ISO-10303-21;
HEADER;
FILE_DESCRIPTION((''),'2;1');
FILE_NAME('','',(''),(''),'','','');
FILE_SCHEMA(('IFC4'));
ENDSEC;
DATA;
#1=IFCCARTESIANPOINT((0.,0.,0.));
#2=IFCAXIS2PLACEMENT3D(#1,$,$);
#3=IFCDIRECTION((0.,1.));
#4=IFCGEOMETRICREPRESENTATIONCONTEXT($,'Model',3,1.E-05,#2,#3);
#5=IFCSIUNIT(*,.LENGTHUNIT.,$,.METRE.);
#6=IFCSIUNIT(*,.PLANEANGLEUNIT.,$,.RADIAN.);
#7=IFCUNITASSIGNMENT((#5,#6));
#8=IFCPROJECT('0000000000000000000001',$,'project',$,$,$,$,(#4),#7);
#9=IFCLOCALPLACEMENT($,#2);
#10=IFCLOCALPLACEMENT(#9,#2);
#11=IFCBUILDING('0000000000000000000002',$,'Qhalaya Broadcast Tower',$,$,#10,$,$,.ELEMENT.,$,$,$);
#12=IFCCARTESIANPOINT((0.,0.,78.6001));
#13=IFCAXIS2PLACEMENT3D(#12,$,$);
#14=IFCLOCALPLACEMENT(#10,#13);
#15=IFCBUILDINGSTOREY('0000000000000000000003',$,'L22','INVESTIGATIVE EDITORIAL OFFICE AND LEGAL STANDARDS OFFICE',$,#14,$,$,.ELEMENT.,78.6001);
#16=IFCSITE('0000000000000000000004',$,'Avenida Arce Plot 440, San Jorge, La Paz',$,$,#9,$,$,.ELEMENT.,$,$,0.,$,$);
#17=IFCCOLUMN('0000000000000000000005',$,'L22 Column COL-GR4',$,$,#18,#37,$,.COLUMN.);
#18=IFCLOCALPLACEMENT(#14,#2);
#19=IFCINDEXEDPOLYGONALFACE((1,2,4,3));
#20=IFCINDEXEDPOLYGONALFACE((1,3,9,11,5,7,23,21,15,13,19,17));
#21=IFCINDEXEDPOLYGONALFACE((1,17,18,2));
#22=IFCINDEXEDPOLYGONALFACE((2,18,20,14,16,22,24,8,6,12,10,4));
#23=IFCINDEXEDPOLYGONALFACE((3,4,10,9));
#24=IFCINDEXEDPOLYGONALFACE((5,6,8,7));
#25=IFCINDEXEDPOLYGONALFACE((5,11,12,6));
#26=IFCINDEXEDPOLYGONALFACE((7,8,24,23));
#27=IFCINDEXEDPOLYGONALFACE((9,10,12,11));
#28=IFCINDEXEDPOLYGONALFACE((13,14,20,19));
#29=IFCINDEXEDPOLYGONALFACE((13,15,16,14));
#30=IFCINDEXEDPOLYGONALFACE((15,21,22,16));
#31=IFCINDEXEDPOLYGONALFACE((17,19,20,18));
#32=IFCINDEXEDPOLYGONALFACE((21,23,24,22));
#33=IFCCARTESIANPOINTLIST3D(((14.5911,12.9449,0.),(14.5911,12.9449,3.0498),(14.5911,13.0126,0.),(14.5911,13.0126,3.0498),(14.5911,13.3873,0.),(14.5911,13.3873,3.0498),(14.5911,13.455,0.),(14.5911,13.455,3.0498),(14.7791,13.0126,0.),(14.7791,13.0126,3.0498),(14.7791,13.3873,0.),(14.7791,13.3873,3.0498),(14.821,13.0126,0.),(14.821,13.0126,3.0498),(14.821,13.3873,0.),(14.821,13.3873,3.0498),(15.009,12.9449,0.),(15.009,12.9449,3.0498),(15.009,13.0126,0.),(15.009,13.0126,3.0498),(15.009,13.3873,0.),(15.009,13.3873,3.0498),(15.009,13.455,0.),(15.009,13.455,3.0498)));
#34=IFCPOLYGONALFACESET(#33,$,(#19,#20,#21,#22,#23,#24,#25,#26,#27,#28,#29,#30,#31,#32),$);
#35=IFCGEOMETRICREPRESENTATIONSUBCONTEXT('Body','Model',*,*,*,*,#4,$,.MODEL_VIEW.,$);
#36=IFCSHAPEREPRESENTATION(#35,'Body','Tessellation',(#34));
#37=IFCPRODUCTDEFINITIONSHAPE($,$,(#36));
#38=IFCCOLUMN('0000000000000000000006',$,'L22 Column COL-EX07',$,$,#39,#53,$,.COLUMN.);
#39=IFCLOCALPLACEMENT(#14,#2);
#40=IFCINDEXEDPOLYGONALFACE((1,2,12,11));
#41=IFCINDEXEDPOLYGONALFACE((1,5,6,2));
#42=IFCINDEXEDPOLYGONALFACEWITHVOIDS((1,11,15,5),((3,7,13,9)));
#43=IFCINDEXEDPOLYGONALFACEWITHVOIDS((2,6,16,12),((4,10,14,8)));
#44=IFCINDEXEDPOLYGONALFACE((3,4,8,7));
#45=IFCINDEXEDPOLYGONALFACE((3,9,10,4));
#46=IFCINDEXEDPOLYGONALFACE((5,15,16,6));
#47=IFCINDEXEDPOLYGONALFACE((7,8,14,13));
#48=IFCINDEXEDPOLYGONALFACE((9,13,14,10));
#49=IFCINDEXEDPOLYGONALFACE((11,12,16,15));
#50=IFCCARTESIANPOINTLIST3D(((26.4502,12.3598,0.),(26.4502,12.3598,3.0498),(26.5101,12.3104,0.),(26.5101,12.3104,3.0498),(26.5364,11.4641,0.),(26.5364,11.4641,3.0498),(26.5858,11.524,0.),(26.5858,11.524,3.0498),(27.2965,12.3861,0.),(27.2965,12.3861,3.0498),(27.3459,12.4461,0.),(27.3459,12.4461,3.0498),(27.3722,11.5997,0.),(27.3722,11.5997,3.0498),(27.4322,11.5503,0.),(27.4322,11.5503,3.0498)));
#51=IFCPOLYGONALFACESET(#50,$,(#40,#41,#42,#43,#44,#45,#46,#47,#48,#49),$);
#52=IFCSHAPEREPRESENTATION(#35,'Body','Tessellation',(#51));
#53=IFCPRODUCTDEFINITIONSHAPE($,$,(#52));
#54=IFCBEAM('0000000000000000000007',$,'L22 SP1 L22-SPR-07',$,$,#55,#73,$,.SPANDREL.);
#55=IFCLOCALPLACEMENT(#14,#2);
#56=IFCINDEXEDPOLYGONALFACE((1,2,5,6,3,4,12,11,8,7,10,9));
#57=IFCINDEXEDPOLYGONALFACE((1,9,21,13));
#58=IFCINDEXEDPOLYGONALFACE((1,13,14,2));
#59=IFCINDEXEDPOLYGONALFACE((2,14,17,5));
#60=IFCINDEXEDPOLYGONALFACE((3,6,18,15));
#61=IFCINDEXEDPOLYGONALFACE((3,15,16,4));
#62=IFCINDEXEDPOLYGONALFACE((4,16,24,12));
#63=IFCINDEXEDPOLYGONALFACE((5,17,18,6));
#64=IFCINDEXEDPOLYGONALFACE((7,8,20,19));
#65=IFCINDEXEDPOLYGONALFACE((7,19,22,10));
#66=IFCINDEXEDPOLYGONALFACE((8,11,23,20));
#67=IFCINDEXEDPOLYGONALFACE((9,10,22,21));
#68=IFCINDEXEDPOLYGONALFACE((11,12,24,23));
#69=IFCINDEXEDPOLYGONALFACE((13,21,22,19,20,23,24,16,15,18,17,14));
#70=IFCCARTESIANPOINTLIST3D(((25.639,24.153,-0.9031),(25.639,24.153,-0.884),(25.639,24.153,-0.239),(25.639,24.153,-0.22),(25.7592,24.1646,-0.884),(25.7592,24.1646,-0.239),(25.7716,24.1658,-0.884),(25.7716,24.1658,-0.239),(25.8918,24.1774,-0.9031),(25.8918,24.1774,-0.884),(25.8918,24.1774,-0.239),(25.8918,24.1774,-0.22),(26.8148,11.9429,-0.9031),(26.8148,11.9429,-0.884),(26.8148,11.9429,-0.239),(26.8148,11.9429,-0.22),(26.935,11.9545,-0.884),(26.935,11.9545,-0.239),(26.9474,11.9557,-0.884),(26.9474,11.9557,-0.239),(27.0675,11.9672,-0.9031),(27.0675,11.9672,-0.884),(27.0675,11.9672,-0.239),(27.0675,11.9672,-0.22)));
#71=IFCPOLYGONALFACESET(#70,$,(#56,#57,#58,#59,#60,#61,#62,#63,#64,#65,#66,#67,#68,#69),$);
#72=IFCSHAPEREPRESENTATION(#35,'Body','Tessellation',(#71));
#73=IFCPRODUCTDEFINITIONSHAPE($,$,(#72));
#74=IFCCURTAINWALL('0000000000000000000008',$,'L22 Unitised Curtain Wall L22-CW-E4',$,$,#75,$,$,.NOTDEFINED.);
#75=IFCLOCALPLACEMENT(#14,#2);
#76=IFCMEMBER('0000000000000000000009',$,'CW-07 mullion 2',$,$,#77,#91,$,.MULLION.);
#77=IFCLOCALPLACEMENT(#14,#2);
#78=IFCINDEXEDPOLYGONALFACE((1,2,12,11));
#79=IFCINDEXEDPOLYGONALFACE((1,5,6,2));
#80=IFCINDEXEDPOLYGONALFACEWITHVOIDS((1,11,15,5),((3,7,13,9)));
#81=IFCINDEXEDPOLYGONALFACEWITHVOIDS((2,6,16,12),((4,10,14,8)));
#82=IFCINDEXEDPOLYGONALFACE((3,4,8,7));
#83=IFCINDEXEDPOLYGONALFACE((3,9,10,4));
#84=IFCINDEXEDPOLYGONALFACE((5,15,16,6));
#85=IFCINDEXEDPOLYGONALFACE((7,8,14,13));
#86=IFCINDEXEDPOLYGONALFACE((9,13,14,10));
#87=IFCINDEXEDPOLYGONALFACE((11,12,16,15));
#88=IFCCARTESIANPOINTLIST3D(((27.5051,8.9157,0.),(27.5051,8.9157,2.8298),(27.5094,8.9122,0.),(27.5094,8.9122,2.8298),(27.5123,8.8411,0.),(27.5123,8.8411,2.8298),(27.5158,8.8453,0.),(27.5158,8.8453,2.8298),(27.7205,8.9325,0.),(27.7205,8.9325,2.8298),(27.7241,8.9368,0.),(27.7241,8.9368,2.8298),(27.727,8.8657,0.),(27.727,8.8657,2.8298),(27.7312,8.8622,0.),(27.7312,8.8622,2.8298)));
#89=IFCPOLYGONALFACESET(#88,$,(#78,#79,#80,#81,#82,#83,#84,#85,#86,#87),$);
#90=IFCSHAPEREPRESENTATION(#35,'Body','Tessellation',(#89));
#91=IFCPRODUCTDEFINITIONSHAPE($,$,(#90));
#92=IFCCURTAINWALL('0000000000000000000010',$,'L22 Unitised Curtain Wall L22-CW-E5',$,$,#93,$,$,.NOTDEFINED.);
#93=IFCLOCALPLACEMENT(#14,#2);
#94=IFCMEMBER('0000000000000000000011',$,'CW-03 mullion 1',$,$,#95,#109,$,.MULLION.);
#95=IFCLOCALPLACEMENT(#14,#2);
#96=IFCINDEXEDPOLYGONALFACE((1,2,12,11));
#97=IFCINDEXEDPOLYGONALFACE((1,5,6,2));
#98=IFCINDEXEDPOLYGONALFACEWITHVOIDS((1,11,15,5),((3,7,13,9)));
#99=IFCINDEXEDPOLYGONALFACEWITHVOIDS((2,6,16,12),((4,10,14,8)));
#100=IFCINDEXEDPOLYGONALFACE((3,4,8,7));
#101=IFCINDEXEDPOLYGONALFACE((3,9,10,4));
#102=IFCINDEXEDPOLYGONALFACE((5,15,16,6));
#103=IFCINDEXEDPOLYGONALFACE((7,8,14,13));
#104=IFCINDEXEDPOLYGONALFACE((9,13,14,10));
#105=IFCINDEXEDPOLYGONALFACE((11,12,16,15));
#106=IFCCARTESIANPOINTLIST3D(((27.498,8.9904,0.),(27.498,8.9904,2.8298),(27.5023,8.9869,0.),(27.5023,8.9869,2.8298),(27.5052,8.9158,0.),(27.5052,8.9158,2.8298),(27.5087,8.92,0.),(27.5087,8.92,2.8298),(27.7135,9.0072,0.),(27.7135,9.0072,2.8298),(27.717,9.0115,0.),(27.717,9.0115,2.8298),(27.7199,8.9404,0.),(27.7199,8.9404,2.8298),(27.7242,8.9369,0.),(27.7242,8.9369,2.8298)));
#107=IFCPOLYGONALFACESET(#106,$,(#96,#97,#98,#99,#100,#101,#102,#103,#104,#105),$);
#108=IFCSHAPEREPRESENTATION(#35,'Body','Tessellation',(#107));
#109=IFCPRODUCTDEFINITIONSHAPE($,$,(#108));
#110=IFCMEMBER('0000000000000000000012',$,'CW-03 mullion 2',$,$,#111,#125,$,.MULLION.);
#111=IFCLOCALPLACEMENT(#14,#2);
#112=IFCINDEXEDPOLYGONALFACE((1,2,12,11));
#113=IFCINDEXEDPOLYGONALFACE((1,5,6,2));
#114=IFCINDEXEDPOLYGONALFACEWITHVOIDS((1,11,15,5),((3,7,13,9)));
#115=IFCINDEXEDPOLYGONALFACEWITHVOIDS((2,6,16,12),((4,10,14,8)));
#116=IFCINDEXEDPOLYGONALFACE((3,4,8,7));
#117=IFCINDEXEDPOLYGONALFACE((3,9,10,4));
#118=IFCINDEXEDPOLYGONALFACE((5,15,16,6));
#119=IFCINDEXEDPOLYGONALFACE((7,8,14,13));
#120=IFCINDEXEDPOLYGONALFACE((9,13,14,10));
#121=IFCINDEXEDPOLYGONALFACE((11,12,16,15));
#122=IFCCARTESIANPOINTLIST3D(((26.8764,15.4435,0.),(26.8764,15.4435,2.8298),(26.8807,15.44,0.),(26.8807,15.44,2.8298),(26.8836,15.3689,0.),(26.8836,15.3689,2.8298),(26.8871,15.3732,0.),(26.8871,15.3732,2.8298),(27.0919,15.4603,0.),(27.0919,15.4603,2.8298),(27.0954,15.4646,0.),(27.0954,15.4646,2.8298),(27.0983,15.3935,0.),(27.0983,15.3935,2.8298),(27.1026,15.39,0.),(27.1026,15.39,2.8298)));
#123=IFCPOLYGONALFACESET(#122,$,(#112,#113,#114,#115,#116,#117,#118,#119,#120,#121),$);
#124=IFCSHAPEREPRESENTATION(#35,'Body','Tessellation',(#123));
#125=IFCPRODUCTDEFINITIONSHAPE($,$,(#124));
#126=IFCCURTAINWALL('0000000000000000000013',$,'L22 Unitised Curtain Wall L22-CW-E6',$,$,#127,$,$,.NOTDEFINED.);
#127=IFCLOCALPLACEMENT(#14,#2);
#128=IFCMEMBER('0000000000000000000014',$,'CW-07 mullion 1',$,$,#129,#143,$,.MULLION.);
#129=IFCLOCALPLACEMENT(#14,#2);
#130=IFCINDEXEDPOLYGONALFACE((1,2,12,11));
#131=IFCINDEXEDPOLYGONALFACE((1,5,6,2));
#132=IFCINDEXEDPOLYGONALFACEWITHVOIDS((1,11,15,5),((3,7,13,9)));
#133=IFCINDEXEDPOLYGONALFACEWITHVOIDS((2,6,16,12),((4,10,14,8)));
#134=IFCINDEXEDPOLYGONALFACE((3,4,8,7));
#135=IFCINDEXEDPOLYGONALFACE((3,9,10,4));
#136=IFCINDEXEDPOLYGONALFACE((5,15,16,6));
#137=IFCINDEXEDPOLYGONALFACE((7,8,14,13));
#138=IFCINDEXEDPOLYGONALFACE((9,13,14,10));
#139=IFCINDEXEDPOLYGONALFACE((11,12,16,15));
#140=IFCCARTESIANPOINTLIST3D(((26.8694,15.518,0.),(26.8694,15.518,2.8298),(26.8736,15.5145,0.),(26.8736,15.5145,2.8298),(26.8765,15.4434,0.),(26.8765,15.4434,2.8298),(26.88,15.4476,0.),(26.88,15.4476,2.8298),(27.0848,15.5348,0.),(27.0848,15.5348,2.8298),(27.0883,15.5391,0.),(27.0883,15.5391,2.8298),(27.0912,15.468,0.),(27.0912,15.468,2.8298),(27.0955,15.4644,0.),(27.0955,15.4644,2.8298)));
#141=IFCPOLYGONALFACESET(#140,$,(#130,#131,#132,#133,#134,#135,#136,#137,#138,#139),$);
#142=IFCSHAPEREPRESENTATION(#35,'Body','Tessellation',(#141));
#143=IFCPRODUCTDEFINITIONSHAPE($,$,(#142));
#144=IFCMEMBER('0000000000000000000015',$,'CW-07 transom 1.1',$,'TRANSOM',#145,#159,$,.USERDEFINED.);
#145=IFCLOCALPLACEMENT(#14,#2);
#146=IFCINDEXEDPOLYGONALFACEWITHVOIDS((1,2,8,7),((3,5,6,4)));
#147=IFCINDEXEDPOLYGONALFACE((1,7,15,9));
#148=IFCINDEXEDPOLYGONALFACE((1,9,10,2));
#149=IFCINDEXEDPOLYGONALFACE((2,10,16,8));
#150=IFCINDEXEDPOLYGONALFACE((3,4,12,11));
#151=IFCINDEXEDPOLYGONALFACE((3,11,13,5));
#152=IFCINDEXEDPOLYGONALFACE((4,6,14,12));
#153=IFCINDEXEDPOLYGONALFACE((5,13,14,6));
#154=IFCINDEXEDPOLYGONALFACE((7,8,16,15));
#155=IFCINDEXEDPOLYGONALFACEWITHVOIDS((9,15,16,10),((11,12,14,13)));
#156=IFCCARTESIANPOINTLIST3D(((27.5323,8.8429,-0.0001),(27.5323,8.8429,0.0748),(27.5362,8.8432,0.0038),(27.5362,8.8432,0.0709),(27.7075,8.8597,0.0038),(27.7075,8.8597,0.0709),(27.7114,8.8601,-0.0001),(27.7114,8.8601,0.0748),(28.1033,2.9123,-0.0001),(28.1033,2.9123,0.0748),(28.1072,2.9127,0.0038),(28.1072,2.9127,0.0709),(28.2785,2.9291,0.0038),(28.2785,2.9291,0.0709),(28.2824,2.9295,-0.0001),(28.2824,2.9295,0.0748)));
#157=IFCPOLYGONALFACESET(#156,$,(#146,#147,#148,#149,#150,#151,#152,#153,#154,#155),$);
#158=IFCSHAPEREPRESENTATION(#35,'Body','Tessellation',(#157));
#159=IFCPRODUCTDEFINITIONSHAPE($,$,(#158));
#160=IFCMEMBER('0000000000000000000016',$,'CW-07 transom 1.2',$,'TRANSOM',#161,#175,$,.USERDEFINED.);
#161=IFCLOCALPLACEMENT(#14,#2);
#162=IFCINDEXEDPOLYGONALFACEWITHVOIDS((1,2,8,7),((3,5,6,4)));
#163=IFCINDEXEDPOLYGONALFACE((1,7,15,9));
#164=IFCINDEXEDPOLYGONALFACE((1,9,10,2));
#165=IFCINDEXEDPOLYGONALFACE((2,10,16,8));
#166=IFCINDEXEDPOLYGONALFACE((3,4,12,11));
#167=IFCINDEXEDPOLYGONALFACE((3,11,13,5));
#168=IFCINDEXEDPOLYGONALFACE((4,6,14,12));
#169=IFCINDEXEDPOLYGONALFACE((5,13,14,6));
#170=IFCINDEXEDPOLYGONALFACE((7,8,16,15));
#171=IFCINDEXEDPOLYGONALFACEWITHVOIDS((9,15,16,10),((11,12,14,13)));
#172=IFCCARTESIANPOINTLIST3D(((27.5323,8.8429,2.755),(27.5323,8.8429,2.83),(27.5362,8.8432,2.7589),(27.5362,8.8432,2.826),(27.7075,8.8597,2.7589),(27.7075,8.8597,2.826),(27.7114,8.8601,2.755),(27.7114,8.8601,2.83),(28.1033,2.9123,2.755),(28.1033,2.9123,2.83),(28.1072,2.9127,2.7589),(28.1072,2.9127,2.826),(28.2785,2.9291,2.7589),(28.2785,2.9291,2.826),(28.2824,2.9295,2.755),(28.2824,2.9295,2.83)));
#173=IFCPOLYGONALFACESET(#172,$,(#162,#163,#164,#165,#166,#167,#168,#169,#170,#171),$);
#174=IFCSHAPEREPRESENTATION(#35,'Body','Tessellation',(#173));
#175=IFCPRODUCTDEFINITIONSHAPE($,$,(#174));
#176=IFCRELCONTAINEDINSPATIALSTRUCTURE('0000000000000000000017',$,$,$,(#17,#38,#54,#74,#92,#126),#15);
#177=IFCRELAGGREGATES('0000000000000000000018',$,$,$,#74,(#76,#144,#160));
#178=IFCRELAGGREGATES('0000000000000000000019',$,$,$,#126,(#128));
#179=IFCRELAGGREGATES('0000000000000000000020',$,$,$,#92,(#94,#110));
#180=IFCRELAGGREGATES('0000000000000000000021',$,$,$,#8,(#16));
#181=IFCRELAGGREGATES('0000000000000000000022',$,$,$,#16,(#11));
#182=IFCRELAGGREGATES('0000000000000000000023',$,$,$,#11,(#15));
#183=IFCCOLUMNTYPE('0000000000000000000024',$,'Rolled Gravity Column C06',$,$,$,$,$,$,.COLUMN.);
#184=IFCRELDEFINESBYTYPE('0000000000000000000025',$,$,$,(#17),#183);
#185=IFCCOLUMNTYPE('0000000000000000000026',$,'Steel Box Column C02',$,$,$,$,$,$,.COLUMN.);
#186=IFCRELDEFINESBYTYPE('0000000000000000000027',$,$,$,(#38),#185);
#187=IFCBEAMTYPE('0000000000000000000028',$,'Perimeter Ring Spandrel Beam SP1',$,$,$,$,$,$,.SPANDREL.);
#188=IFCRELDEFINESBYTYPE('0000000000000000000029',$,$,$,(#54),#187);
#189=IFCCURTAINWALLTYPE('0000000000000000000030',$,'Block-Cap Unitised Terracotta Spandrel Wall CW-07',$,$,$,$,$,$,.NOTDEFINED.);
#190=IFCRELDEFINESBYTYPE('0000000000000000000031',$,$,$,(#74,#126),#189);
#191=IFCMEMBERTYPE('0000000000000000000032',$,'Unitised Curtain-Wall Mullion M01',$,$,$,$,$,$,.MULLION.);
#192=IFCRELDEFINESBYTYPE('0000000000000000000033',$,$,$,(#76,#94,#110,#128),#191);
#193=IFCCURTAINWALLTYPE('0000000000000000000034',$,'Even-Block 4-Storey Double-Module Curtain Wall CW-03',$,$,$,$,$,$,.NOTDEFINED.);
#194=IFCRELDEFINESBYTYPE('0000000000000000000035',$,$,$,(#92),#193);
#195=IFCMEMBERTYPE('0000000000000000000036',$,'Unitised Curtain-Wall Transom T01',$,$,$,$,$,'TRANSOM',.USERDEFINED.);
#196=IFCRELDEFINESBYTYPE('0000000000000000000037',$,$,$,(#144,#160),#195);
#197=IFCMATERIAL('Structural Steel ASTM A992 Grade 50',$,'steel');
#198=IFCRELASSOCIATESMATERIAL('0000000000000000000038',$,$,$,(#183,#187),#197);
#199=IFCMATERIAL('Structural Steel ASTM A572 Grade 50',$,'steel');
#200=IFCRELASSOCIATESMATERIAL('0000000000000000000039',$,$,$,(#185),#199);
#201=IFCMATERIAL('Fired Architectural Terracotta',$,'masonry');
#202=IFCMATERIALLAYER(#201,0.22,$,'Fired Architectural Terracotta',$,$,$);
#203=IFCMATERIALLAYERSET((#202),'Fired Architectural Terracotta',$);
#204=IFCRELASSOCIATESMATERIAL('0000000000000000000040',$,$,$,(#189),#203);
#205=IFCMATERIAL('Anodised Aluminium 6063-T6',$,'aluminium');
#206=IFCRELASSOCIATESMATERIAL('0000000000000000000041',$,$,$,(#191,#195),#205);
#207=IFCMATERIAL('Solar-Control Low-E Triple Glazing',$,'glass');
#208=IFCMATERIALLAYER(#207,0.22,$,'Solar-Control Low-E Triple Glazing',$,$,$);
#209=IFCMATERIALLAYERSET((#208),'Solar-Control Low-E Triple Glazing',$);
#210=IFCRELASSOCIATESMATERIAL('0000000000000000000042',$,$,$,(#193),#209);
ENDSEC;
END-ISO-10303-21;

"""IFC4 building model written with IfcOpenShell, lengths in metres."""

from ifc_helpers import new_model, si_unit, direction, frame, origin, origin_2d, place, context, subcontext, project, spatial, hollow_rectangle, i_section, extrude, material, layer, layer_set, material_profile, profile_set, type_object, element, aggregate, save


model = new_model("IFC4")

# Units and contexts
model_context = context("Model", 3, precision=1e-05, world=origin(), true_north=direction((0.0, 1.0)))
body_context = subcontext(model_context, "Body", "Model", "MODEL_VIEW")
ifc_project = project(units=[si_unit("LENGTHUNIT", "METRE"), si_unit("PLANEANGLEUNIT", "RADIAN")], contexts=[model_context])

# Site, building, storey
site_placement = place(None, origin())
site = spatial("IfcSite", under=ifc_project, at=site_placement, Name="Avenida Arce Plot 440, San Jorge, La Paz", CompositionType="ELEMENT", RefElevation=0.0)
building_placement = place(site_placement, origin())
building = spatial("IfcBuilding", under=site, at=building_placement, Name="Qhalaya Broadcast Tower", CompositionType="ELEMENT")
storey_placement = place(building_placement, frame((0.0, 0.0, 78.6001)))
storey = spatial("IfcBuildingStorey", under=building, at=storey_placement, Name="L22", Description="INVESTIGATIVE EDITORIAL OFFICE AND LEGAL STANDARDS OFFICE", CompositionType="ELEMENT", Elevation=78.6001)

# Columns
ifc_material_1 = material(Name="Structural Steel ASTM A992 Grade 50", Category="steel")
ifc_material_profile_1 = material_profile(ifc_material_1, i_section(OverallWidth=0.418, OverallDepth=0.51, WebThickness=0.042, FlangeThickness=0.0676, at=origin_2d()), Name="W14X370")
ifc_profile_set_1 = profile_set([ifc_material_profile_1], Name="Structural Steel ASTM A992 Grade 50")
column_type_1 = type_object("IfcColumnType", Name="Rolled Gravity Column C06", PredefinedType="COLUMN", material=ifc_profile_set_1)
column_1_placement = place(storey_placement, frame((14.8, 13.2, 0.0), z_axis=(0.0, 0.0, 1.0), x_axis=(1.0, 0.0, 0.0)))
element("IfcColumn", 1, at=column_1_placement, inside=storey, type_object=column_type_1, Name="L22 Column COL-GR4", PredefinedType="COLUMN", context=body_context, shape_type="SweptSolid", body=[
    extrude(i_section(OverallWidth=0.418, OverallDepth=0.51, WebThickness=0.042, FlangeThickness=0.0676, at=origin_2d()), origin(), (0.0, 0.0, 1.0), 3.0498),
])
ifc_material_2 = material(Name="Structural Steel ASTM A572 Grade 50", Category="steel")
ifc_material_profile_2 = material_profile(ifc_material_2, hollow_rectangle(XDim=0.8999, YDim=0.8999, WallThickness=0.0549, at=origin_2d()), Name="BOX 900x900x55")
ifc_profile_set_2 = profile_set([ifc_material_profile_2], Name="Structural Steel ASTM A572 Grade 50")
column_type_2 = type_object("IfcColumnType", Name="Steel Box Column C02", PredefinedType="COLUMN", material=ifc_profile_set_2)
column_2_placement = place(storey_placement, frame((26.9412, 11.9551, 0.0), z_axis=(0.0, 0.0, 1.0), x_axis=(-0.095846, 0.995396, 0.0)))
element("IfcColumn", 2, at=column_2_placement, inside=storey, type_object=column_type_2, Name="L22 Column COL-EX07", PredefinedType="COLUMN", context=body_context, shape_type="SweptSolid", body=[
    extrude(hollow_rectangle(XDim=0.8999, YDim=0.8999, WallThickness=0.0549, at=origin_2d()), origin(), (0.0, 0.0, 1.0), 3.0498),
])

# Beam
ifc_material_profile_3 = material_profile(ifc_material_1, i_section(OverallWidth=0.2539, OverallDepth=0.6831, WebThickness=0.0125, FlangeThickness=0.019, at=origin_2d()), Name="W27X94")
ifc_profile_set_3 = profile_set([ifc_material_profile_3], Name="Structural Steel ASTM A992 Grade 50")
beam_type = type_object("IfcBeamType", Name="Perimeter Ring Spandrel Beam SP1", PredefinedType="SPANDREL", material=ifc_profile_set_3)
beam_placement = place(storey_placement, frame((26.9412, 11.9551, -0.5615), z_axis=(-0.095852, 0.995396, 0.0), x_axis=(-0.995396, -0.095852, 0.0)))
element("IfcBeam", 3, at=beam_placement, inside=storey, type_object=beam_type, Name="L22 SP1 L22-SPR-07", PredefinedType="SPANDREL", context=body_context, shape_type="SweptSolid", body=[
    extrude(i_section(OverallWidth=0.2539, OverallDepth=0.6831, WebThickness=0.0125, FlangeThickness=0.019, at=origin_2d()), origin(), (0.0, 0.0, 1.0), 12.2666),
])

# Curtain wall, member
ifc_material_3 = material(Name="Fired Architectural Terracotta", Category="masonry")
ifc_layer_1 = layer(ifc_material_3, 0.22, Name="Fired Architectural Terracotta")
ifc_layer_set_1 = layer_set([ifc_layer_1], Name="Fired Architectural Terracotta")
curtain_wall_type_1 = type_object("IfcCurtainWallType", Name="Block-Cap Unitised Terracotta Spandrel Wall CW-07", PredefinedType="NOTDEFINED", material=ifc_layer_set_1)
curtain_wall_1_placement = place(storey_placement, origin())
curtain_wall_1 = element("IfcCurtainWall", 4, at=curtain_wall_1_placement, inside=storey, type_object=curtain_wall_type_1, Name="L22 Unitised Curtain Wall L22-CW-E4", PredefinedType="NOTDEFINED")
ifc_material_4 = material(Name="Anodised Aluminium 6063-T6", Category="aluminium")
ifc_material_profile_4 = material_profile(ifc_material_4, hollow_rectangle(XDim=0.075, YDim=0.22, WallThickness=0.0039, at=origin_2d()), Name="ALU-MUL 75x220x4")
ifc_profile_set_4 = profile_set([ifc_material_profile_4], Name="Anodised Aluminium 6063-T6")
member_type_1 = type_object("IfcMemberType", Name="Unitised Curtain-Wall Mullion M01", PredefinedType="MULLION", material=ifc_profile_set_4)
member_1_placement = place(storey_placement, frame((27.6182, 8.8889, 0.0), z_axis=(0.0, 0.0, 1.0), x_axis=(-0.095841, 0.995397, 0.0)))
member_1 = element("IfcMember", 5, at=member_1_placement, type_object=member_type_1, Name="CW-07 mullion 2", PredefinedType="MULLION", context=body_context, shape_type="SweptSolid", body=[
    extrude(hollow_rectangle(XDim=0.075, YDim=0.22, WallThickness=0.0039, at=origin_2d()), origin(), (0.0, 0.0, 1.0), 2.8298),
])

# Curtain wall, members
ifc_material_5 = material(Name="Solar-Control Low-E Triple Glazing", Category="glass")
ifc_layer_2 = layer(ifc_material_5, 0.22, Name="Solar-Control Low-E Triple Glazing")
ifc_layer_set_2 = layer_set([ifc_layer_2], Name="Solar-Control Low-E Triple Glazing")
curtain_wall_type_2 = type_object("IfcCurtainWallType", Name="Even-Block 4-Storey Double-Module Curtain Wall CW-03", PredefinedType="NOTDEFINED", material=ifc_layer_set_2)
curtain_wall_2_placement = place(storey_placement, origin())
curtain_wall_2 = element("IfcCurtainWall", 6, at=curtain_wall_2_placement, inside=storey, type_object=curtain_wall_type_2, Name="L22 Unitised Curtain Wall L22-CW-E5", PredefinedType="NOTDEFINED")
member_2_placement = place(storey_placement, frame((27.6111, 8.9636, 0.0), z_axis=(0.0, 0.0, 1.0), x_axis=(-0.095852, 0.995396, 0.0)))
member_2 = element("IfcMember", 7, at=member_2_placement, type_object=member_type_1, Name="CW-03 mullion 1", PredefinedType="MULLION", context=body_context, shape_type="SweptSolid", body=[
    extrude(hollow_rectangle(XDim=0.075, YDim=0.22, WallThickness=0.0039, at=origin_2d()), origin(), (0.0, 0.0, 1.0), 2.8298),
])
member_3_placement = place(storey_placement, frame((26.9895, 15.4167, 0.0), z_axis=(0.0, 0.0, 1.0), x_axis=(-0.095852, 0.995396, 0.0)))
member_3 = element("IfcMember", 8, at=member_3_placement, type_object=member_type_1, Name="CW-03 mullion 2", PredefinedType="MULLION", context=body_context, shape_type="SweptSolid", body=[
    extrude(hollow_rectangle(XDim=0.075, YDim=0.22, WallThickness=0.0039, at=origin_2d()), origin(), (0.0, 0.0, 1.0), 2.8298),
])

# Curtain wall, member
curtain_wall_3_placement = place(storey_placement, origin())
curtain_wall_3 = element("IfcCurtainWall", 9, at=curtain_wall_3_placement, inside=storey, type_object=curtain_wall_type_1, Name="L22 Unitised Curtain Wall L22-CW-E6", PredefinedType="NOTDEFINED")
member_4_placement = place(storey_placement, frame((26.9824, 15.4912, 0.0), z_axis=(0.0, 0.0, 1.0), x_axis=(-0.095842, 0.995397, 0.0)))
member_4 = element("IfcMember", 10, at=member_4_placement, type_object=member_type_1, Name="CW-07 mullion 1", PredefinedType="MULLION", context=body_context, shape_type="SweptSolid", body=[
    extrude(hollow_rectangle(XDim=0.075, YDim=0.22, WallThickness=0.0039, at=origin_2d()), origin(), (0.0, 0.0, 1.0), 2.8298),
])

# Members
ifc_material_profile_5 = material_profile(ifc_material_4, hollow_rectangle(XDim=0.075, YDim=0.1799, WallThickness=0.0039, at=origin_2d()), Name="ALU-TRN 75x180x4")
ifc_profile_set_5 = profile_set([ifc_material_profile_5], Name="Anodised Aluminium 6063-T6")
member_type_2 = type_object("IfcMemberType", Name="Unitised Curtain-Wall Transom T01", ElementType="TRANSOM", PredefinedType="USERDEFINED", material=ifc_profile_set_5)
member_5_placement = place(storey_placement, frame((28.1929, 2.9209, 0.0374), z_axis=(-0.095844, 0.995396, 0.0), x_axis=(0.0, 0.0, 1.0)))
member_5 = element("IfcMember", 11, at=member_5_placement, type_object=member_type_2, Name="CW-07 transom 1.1", ObjectType="TRANSOM", PredefinedType="USERDEFINED", context=body_context, shape_type="SweptSolid", body=[
    extrude(hollow_rectangle(XDim=0.075, YDim=0.1799, WallThickness=0.0039, at=origin_2d()), origin(), (0.0, 0.0, 1.0), 5.958),
])
member_6_placement = place(storey_placement, frame((28.1929, 2.9209, 2.7925), z_axis=(-0.095844, 0.995396, 0.0), x_axis=(0.0, 0.0, 1.0)))
member_6 = element("IfcMember", 12, at=member_6_placement, type_object=member_type_2, Name="CW-07 transom 1.2", ObjectType="TRANSOM", PredefinedType="USERDEFINED", context=body_context, shape_type="SweptSolid", body=[
    extrude(hollow_rectangle(XDim=0.075, YDim=0.1799, WallThickness=0.0039, at=origin_2d()), origin(), (0.0, 0.0, 1.0), 5.958),
])

aggregate(curtain_wall_1, [member_1, member_5, member_6])
aggregate(curtain_wall_3, [member_4])
aggregate(curtain_wall_2, [member_2, member_3])

save(model, "model.ifc")
